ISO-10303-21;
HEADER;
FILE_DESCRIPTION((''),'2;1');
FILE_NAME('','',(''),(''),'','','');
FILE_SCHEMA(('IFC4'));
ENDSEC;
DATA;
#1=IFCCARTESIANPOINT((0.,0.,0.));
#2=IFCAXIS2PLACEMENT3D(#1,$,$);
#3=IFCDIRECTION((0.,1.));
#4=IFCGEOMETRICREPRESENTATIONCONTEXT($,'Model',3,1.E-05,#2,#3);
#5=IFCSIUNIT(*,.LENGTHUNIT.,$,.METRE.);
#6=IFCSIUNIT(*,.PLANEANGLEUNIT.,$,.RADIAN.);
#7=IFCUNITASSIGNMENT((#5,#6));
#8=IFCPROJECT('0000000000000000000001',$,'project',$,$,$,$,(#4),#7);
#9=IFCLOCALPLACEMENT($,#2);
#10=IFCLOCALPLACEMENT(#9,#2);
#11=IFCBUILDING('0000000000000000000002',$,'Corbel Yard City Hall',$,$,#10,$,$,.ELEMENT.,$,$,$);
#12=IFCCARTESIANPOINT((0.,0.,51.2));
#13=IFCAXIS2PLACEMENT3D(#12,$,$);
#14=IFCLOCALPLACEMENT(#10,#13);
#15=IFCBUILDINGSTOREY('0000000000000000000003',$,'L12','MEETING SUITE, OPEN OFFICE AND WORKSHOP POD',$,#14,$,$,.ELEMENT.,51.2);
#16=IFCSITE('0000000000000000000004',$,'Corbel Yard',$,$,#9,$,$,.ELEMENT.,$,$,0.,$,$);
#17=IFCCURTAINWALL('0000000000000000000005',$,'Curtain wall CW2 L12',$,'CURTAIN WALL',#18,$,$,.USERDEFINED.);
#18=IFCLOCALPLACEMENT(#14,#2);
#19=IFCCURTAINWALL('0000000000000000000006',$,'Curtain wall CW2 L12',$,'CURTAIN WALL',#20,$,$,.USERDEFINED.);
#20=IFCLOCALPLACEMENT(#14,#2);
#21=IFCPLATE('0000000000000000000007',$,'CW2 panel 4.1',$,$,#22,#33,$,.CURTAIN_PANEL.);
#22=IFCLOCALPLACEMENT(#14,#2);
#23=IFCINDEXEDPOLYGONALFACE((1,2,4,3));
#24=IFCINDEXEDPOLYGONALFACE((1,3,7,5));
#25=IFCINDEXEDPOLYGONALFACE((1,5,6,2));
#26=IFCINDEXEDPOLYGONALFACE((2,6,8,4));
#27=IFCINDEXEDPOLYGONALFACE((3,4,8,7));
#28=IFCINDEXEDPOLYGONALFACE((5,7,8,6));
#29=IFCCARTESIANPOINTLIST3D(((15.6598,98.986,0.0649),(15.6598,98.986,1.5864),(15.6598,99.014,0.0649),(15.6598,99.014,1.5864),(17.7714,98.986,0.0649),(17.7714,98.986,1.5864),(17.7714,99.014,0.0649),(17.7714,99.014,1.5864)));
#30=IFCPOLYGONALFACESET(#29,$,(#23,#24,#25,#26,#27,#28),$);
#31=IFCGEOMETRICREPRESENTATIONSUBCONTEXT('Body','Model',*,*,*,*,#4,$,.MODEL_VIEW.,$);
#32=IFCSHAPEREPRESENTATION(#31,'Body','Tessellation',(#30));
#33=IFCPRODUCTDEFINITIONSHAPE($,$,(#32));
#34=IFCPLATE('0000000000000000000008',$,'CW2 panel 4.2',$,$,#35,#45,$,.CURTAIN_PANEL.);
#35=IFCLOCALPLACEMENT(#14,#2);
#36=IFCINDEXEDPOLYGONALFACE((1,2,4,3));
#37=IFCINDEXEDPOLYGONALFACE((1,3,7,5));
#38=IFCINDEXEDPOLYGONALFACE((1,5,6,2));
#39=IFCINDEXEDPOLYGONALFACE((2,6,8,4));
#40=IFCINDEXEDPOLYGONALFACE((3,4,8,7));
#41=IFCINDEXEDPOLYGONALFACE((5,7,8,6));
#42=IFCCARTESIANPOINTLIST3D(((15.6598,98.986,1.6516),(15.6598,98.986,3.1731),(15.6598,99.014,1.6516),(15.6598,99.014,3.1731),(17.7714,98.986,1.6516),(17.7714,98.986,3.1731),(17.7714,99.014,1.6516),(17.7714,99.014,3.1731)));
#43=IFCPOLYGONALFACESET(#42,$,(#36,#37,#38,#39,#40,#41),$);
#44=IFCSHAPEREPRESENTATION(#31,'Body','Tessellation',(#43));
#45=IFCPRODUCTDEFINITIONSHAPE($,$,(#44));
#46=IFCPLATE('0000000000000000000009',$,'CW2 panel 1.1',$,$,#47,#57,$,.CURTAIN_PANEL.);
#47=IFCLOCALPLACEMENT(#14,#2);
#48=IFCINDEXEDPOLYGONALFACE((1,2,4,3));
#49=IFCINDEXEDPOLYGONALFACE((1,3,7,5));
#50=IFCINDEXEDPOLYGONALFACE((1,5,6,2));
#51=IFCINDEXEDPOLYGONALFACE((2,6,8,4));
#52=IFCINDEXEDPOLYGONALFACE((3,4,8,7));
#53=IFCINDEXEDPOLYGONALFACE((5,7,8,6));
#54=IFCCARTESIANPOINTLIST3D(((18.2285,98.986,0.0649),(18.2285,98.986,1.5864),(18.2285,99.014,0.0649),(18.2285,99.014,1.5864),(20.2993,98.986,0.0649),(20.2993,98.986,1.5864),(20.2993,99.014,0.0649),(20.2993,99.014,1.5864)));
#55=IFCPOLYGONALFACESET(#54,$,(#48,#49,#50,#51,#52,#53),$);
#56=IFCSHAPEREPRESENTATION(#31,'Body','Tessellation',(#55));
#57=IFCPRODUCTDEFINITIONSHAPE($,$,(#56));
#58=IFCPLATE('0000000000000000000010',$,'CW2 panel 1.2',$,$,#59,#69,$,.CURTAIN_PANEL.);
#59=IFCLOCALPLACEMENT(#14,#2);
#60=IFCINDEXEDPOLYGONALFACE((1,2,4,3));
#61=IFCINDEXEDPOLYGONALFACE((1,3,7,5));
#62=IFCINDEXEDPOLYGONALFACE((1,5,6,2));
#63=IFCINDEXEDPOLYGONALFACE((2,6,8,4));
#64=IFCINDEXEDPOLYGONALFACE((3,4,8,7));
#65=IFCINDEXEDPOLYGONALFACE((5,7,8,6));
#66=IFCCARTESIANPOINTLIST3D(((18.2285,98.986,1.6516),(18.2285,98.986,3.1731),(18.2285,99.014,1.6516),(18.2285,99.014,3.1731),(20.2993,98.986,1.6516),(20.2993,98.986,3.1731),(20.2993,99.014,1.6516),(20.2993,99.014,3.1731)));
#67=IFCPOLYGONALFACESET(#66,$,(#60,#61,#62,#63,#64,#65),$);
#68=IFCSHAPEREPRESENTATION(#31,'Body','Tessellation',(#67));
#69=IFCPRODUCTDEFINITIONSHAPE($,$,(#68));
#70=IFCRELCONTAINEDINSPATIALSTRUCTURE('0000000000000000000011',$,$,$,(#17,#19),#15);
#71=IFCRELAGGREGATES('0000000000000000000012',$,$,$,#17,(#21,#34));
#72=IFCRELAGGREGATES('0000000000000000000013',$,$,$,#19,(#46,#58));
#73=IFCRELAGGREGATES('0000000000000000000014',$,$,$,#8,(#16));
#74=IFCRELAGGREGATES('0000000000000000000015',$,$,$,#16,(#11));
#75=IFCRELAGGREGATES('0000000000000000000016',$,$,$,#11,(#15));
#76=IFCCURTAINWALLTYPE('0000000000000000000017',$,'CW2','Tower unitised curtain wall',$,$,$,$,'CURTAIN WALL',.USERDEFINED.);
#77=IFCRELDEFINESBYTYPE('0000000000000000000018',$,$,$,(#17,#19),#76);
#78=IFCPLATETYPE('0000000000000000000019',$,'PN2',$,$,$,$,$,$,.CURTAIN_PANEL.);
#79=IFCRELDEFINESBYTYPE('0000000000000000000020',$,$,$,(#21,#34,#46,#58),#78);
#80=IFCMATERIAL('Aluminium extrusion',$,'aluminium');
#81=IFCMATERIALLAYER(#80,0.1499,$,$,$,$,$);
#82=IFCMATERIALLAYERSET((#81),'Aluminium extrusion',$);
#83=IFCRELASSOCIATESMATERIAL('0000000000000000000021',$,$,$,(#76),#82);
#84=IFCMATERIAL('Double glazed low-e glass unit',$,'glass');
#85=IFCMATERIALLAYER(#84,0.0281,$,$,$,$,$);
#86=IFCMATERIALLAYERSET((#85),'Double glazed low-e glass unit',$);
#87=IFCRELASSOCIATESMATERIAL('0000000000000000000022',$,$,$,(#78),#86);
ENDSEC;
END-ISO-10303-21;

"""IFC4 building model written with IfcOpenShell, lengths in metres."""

from ifc_helpers import new_model, si_unit, direction, frame, origin, origin_2d, place, context, subcontext, project, spatial, rectangle, extrude, material, layer, layer_set, type_object, element, aggregate, save


model = new_model("IFC4")

# Units and contexts
model_context = context("Model", 3, precision=1e-05, world=origin(), true_north=direction((0.0, 1.0)))
body_context = subcontext(model_context, "Body", "Model", "MODEL_VIEW")
ifc_project = project(units=[si_unit("LENGTHUNIT", "METRE"), si_unit("PLANEANGLEUNIT", "RADIAN")], contexts=[model_context])

# Site, building, storey
site_placement = place(None, origin())
site = spatial("IfcSite", under=ifc_project, at=site_placement, Name="Corbel Yard", CompositionType="ELEMENT", RefElevation=0.0)
building_placement = place(site_placement, origin())
building = spatial("IfcBuilding", under=site, at=building_placement, Name="Corbel Yard City Hall", CompositionType="ELEMENT")
storey_placement = place(building_placement, frame((0.0, 0.0, 51.2)))
storey = spatial("IfcBuildingStorey", under=building, at=storey_placement, Name="L12", Description="MEETING SUITE, OPEN OFFICE AND WORKSHOP POD", CompositionType="ELEMENT", Elevation=51.2)

# Curtain walls
ifc_material_1 = material(Name="Aluminium extrusion", Category="aluminium")
ifc_layer_1 = layer(ifc_material_1, 0.1499)
ifc_layer_set_1 = layer_set([ifc_layer_1], Name="Aluminium extrusion")
curtain_wall_type = type_object("IfcCurtainWallType", Name="CW2", Description="Tower unitised curtain wall", ElementType="CURTAIN WALL", PredefinedType="USERDEFINED", material=ifc_layer_set_1)
curtain_wall_1_placement = place(storey_placement, origin())
curtain_wall_1 = element("IfcCurtainWall", 1, at=curtain_wall_1_placement, inside=storey, type_object=curtain_wall_type, Name="Curtain wall CW2 L12", ObjectType="CURTAIN WALL", PredefinedType="USERDEFINED")
curtain_wall_2_placement = place(storey_placement, origin())
curtain_wall_2 = element("IfcCurtainWall", 2, at=curtain_wall_2_placement, inside=storey, type_object=curtain_wall_type, Name="Curtain wall CW2 L12", ObjectType="CURTAIN WALL", PredefinedType="USERDEFINED")

# Plates
ifc_material_2 = material(Name="Double glazed low-e glass unit", Category="glass")
ifc_layer_2 = layer(ifc_material_2, 0.0281)
ifc_layer_set_2 = layer_set([ifc_layer_2], Name="Double glazed low-e glass unit")
plate_type = type_object("IfcPlateType", Name="PN2", PredefinedType="CURTAIN_PANEL", material=ifc_layer_set_2)
plate_1_placement = place(storey_placement, frame((16.7156, 99.0, 0.0649), z_axis=(0.0, 0.0, 1.0), x_axis=(1.0, 0.0, 0.0)))
plate_1 = element("IfcPlate", 3, at=plate_1_placement, type_object=plate_type, Name="CW2 panel 4.1", PredefinedType="CURTAIN_PANEL", context=body_context, shape_type="SweptSolid", body=[
    extrude(rectangle(XDim=2.1116, YDim=0.0281, at=origin_2d()), origin(), (0.0, 0.0, 1.0), 1.5215),
])
plate_2_placement = place(storey_placement, frame((16.7156, 99.0, 1.6516), z_axis=(0.0, 0.0, 1.0), x_axis=(1.0, 0.0, 0.0)))
plate_2 = element("IfcPlate", 4, at=plate_2_placement, type_object=plate_type, Name="CW2 panel 4.2", PredefinedType="CURTAIN_PANEL", context=body_context, shape_type="SweptSolid", body=[
    extrude(rectangle(XDim=2.1116, YDim=0.0281, at=origin_2d()), origin(), (0.0, 0.0, 1.0), 1.5215),
])
aggregate(curtain_wall_1, [plate_1, plate_2])
plate_3_placement = place(storey_placement, frame((19.2639, 99.0, 0.0649), z_axis=(0.0, 0.0, 1.0), x_axis=(1.0, 0.0, 0.0)))
plate_3 = element("IfcPlate", 5, at=plate_3_placement, type_object=plate_type, Name="CW2 panel 1.1", PredefinedType="CURTAIN_PANEL", context=body_context, shape_type="SweptSolid", body=[
    extrude(rectangle(XDim=2.0708, YDim=0.0281, at=origin_2d()), origin(), (0.0, 0.0, 1.0), 1.5215),
])
plate_4_placement = place(storey_placement, frame((19.2639, 99.0, 1.6516), z_axis=(0.0, 0.0, 1.0), x_axis=(1.0, 0.0, 0.0)))
plate_4 = element("IfcPlate", 6, at=plate_4_placement, type_object=plate_type, Name="CW2 panel 1.2", PredefinedType="CURTAIN_PANEL", context=body_context, shape_type="SweptSolid", body=[
    extrude(rectangle(XDim=2.0708, YDim=0.0281, at=origin_2d()), origin(), (0.0, 0.0, 1.0), 1.5215),
])
aggregate(curtain_wall_2, [plate_3, plate_4])

save(model, "model.ifc")
